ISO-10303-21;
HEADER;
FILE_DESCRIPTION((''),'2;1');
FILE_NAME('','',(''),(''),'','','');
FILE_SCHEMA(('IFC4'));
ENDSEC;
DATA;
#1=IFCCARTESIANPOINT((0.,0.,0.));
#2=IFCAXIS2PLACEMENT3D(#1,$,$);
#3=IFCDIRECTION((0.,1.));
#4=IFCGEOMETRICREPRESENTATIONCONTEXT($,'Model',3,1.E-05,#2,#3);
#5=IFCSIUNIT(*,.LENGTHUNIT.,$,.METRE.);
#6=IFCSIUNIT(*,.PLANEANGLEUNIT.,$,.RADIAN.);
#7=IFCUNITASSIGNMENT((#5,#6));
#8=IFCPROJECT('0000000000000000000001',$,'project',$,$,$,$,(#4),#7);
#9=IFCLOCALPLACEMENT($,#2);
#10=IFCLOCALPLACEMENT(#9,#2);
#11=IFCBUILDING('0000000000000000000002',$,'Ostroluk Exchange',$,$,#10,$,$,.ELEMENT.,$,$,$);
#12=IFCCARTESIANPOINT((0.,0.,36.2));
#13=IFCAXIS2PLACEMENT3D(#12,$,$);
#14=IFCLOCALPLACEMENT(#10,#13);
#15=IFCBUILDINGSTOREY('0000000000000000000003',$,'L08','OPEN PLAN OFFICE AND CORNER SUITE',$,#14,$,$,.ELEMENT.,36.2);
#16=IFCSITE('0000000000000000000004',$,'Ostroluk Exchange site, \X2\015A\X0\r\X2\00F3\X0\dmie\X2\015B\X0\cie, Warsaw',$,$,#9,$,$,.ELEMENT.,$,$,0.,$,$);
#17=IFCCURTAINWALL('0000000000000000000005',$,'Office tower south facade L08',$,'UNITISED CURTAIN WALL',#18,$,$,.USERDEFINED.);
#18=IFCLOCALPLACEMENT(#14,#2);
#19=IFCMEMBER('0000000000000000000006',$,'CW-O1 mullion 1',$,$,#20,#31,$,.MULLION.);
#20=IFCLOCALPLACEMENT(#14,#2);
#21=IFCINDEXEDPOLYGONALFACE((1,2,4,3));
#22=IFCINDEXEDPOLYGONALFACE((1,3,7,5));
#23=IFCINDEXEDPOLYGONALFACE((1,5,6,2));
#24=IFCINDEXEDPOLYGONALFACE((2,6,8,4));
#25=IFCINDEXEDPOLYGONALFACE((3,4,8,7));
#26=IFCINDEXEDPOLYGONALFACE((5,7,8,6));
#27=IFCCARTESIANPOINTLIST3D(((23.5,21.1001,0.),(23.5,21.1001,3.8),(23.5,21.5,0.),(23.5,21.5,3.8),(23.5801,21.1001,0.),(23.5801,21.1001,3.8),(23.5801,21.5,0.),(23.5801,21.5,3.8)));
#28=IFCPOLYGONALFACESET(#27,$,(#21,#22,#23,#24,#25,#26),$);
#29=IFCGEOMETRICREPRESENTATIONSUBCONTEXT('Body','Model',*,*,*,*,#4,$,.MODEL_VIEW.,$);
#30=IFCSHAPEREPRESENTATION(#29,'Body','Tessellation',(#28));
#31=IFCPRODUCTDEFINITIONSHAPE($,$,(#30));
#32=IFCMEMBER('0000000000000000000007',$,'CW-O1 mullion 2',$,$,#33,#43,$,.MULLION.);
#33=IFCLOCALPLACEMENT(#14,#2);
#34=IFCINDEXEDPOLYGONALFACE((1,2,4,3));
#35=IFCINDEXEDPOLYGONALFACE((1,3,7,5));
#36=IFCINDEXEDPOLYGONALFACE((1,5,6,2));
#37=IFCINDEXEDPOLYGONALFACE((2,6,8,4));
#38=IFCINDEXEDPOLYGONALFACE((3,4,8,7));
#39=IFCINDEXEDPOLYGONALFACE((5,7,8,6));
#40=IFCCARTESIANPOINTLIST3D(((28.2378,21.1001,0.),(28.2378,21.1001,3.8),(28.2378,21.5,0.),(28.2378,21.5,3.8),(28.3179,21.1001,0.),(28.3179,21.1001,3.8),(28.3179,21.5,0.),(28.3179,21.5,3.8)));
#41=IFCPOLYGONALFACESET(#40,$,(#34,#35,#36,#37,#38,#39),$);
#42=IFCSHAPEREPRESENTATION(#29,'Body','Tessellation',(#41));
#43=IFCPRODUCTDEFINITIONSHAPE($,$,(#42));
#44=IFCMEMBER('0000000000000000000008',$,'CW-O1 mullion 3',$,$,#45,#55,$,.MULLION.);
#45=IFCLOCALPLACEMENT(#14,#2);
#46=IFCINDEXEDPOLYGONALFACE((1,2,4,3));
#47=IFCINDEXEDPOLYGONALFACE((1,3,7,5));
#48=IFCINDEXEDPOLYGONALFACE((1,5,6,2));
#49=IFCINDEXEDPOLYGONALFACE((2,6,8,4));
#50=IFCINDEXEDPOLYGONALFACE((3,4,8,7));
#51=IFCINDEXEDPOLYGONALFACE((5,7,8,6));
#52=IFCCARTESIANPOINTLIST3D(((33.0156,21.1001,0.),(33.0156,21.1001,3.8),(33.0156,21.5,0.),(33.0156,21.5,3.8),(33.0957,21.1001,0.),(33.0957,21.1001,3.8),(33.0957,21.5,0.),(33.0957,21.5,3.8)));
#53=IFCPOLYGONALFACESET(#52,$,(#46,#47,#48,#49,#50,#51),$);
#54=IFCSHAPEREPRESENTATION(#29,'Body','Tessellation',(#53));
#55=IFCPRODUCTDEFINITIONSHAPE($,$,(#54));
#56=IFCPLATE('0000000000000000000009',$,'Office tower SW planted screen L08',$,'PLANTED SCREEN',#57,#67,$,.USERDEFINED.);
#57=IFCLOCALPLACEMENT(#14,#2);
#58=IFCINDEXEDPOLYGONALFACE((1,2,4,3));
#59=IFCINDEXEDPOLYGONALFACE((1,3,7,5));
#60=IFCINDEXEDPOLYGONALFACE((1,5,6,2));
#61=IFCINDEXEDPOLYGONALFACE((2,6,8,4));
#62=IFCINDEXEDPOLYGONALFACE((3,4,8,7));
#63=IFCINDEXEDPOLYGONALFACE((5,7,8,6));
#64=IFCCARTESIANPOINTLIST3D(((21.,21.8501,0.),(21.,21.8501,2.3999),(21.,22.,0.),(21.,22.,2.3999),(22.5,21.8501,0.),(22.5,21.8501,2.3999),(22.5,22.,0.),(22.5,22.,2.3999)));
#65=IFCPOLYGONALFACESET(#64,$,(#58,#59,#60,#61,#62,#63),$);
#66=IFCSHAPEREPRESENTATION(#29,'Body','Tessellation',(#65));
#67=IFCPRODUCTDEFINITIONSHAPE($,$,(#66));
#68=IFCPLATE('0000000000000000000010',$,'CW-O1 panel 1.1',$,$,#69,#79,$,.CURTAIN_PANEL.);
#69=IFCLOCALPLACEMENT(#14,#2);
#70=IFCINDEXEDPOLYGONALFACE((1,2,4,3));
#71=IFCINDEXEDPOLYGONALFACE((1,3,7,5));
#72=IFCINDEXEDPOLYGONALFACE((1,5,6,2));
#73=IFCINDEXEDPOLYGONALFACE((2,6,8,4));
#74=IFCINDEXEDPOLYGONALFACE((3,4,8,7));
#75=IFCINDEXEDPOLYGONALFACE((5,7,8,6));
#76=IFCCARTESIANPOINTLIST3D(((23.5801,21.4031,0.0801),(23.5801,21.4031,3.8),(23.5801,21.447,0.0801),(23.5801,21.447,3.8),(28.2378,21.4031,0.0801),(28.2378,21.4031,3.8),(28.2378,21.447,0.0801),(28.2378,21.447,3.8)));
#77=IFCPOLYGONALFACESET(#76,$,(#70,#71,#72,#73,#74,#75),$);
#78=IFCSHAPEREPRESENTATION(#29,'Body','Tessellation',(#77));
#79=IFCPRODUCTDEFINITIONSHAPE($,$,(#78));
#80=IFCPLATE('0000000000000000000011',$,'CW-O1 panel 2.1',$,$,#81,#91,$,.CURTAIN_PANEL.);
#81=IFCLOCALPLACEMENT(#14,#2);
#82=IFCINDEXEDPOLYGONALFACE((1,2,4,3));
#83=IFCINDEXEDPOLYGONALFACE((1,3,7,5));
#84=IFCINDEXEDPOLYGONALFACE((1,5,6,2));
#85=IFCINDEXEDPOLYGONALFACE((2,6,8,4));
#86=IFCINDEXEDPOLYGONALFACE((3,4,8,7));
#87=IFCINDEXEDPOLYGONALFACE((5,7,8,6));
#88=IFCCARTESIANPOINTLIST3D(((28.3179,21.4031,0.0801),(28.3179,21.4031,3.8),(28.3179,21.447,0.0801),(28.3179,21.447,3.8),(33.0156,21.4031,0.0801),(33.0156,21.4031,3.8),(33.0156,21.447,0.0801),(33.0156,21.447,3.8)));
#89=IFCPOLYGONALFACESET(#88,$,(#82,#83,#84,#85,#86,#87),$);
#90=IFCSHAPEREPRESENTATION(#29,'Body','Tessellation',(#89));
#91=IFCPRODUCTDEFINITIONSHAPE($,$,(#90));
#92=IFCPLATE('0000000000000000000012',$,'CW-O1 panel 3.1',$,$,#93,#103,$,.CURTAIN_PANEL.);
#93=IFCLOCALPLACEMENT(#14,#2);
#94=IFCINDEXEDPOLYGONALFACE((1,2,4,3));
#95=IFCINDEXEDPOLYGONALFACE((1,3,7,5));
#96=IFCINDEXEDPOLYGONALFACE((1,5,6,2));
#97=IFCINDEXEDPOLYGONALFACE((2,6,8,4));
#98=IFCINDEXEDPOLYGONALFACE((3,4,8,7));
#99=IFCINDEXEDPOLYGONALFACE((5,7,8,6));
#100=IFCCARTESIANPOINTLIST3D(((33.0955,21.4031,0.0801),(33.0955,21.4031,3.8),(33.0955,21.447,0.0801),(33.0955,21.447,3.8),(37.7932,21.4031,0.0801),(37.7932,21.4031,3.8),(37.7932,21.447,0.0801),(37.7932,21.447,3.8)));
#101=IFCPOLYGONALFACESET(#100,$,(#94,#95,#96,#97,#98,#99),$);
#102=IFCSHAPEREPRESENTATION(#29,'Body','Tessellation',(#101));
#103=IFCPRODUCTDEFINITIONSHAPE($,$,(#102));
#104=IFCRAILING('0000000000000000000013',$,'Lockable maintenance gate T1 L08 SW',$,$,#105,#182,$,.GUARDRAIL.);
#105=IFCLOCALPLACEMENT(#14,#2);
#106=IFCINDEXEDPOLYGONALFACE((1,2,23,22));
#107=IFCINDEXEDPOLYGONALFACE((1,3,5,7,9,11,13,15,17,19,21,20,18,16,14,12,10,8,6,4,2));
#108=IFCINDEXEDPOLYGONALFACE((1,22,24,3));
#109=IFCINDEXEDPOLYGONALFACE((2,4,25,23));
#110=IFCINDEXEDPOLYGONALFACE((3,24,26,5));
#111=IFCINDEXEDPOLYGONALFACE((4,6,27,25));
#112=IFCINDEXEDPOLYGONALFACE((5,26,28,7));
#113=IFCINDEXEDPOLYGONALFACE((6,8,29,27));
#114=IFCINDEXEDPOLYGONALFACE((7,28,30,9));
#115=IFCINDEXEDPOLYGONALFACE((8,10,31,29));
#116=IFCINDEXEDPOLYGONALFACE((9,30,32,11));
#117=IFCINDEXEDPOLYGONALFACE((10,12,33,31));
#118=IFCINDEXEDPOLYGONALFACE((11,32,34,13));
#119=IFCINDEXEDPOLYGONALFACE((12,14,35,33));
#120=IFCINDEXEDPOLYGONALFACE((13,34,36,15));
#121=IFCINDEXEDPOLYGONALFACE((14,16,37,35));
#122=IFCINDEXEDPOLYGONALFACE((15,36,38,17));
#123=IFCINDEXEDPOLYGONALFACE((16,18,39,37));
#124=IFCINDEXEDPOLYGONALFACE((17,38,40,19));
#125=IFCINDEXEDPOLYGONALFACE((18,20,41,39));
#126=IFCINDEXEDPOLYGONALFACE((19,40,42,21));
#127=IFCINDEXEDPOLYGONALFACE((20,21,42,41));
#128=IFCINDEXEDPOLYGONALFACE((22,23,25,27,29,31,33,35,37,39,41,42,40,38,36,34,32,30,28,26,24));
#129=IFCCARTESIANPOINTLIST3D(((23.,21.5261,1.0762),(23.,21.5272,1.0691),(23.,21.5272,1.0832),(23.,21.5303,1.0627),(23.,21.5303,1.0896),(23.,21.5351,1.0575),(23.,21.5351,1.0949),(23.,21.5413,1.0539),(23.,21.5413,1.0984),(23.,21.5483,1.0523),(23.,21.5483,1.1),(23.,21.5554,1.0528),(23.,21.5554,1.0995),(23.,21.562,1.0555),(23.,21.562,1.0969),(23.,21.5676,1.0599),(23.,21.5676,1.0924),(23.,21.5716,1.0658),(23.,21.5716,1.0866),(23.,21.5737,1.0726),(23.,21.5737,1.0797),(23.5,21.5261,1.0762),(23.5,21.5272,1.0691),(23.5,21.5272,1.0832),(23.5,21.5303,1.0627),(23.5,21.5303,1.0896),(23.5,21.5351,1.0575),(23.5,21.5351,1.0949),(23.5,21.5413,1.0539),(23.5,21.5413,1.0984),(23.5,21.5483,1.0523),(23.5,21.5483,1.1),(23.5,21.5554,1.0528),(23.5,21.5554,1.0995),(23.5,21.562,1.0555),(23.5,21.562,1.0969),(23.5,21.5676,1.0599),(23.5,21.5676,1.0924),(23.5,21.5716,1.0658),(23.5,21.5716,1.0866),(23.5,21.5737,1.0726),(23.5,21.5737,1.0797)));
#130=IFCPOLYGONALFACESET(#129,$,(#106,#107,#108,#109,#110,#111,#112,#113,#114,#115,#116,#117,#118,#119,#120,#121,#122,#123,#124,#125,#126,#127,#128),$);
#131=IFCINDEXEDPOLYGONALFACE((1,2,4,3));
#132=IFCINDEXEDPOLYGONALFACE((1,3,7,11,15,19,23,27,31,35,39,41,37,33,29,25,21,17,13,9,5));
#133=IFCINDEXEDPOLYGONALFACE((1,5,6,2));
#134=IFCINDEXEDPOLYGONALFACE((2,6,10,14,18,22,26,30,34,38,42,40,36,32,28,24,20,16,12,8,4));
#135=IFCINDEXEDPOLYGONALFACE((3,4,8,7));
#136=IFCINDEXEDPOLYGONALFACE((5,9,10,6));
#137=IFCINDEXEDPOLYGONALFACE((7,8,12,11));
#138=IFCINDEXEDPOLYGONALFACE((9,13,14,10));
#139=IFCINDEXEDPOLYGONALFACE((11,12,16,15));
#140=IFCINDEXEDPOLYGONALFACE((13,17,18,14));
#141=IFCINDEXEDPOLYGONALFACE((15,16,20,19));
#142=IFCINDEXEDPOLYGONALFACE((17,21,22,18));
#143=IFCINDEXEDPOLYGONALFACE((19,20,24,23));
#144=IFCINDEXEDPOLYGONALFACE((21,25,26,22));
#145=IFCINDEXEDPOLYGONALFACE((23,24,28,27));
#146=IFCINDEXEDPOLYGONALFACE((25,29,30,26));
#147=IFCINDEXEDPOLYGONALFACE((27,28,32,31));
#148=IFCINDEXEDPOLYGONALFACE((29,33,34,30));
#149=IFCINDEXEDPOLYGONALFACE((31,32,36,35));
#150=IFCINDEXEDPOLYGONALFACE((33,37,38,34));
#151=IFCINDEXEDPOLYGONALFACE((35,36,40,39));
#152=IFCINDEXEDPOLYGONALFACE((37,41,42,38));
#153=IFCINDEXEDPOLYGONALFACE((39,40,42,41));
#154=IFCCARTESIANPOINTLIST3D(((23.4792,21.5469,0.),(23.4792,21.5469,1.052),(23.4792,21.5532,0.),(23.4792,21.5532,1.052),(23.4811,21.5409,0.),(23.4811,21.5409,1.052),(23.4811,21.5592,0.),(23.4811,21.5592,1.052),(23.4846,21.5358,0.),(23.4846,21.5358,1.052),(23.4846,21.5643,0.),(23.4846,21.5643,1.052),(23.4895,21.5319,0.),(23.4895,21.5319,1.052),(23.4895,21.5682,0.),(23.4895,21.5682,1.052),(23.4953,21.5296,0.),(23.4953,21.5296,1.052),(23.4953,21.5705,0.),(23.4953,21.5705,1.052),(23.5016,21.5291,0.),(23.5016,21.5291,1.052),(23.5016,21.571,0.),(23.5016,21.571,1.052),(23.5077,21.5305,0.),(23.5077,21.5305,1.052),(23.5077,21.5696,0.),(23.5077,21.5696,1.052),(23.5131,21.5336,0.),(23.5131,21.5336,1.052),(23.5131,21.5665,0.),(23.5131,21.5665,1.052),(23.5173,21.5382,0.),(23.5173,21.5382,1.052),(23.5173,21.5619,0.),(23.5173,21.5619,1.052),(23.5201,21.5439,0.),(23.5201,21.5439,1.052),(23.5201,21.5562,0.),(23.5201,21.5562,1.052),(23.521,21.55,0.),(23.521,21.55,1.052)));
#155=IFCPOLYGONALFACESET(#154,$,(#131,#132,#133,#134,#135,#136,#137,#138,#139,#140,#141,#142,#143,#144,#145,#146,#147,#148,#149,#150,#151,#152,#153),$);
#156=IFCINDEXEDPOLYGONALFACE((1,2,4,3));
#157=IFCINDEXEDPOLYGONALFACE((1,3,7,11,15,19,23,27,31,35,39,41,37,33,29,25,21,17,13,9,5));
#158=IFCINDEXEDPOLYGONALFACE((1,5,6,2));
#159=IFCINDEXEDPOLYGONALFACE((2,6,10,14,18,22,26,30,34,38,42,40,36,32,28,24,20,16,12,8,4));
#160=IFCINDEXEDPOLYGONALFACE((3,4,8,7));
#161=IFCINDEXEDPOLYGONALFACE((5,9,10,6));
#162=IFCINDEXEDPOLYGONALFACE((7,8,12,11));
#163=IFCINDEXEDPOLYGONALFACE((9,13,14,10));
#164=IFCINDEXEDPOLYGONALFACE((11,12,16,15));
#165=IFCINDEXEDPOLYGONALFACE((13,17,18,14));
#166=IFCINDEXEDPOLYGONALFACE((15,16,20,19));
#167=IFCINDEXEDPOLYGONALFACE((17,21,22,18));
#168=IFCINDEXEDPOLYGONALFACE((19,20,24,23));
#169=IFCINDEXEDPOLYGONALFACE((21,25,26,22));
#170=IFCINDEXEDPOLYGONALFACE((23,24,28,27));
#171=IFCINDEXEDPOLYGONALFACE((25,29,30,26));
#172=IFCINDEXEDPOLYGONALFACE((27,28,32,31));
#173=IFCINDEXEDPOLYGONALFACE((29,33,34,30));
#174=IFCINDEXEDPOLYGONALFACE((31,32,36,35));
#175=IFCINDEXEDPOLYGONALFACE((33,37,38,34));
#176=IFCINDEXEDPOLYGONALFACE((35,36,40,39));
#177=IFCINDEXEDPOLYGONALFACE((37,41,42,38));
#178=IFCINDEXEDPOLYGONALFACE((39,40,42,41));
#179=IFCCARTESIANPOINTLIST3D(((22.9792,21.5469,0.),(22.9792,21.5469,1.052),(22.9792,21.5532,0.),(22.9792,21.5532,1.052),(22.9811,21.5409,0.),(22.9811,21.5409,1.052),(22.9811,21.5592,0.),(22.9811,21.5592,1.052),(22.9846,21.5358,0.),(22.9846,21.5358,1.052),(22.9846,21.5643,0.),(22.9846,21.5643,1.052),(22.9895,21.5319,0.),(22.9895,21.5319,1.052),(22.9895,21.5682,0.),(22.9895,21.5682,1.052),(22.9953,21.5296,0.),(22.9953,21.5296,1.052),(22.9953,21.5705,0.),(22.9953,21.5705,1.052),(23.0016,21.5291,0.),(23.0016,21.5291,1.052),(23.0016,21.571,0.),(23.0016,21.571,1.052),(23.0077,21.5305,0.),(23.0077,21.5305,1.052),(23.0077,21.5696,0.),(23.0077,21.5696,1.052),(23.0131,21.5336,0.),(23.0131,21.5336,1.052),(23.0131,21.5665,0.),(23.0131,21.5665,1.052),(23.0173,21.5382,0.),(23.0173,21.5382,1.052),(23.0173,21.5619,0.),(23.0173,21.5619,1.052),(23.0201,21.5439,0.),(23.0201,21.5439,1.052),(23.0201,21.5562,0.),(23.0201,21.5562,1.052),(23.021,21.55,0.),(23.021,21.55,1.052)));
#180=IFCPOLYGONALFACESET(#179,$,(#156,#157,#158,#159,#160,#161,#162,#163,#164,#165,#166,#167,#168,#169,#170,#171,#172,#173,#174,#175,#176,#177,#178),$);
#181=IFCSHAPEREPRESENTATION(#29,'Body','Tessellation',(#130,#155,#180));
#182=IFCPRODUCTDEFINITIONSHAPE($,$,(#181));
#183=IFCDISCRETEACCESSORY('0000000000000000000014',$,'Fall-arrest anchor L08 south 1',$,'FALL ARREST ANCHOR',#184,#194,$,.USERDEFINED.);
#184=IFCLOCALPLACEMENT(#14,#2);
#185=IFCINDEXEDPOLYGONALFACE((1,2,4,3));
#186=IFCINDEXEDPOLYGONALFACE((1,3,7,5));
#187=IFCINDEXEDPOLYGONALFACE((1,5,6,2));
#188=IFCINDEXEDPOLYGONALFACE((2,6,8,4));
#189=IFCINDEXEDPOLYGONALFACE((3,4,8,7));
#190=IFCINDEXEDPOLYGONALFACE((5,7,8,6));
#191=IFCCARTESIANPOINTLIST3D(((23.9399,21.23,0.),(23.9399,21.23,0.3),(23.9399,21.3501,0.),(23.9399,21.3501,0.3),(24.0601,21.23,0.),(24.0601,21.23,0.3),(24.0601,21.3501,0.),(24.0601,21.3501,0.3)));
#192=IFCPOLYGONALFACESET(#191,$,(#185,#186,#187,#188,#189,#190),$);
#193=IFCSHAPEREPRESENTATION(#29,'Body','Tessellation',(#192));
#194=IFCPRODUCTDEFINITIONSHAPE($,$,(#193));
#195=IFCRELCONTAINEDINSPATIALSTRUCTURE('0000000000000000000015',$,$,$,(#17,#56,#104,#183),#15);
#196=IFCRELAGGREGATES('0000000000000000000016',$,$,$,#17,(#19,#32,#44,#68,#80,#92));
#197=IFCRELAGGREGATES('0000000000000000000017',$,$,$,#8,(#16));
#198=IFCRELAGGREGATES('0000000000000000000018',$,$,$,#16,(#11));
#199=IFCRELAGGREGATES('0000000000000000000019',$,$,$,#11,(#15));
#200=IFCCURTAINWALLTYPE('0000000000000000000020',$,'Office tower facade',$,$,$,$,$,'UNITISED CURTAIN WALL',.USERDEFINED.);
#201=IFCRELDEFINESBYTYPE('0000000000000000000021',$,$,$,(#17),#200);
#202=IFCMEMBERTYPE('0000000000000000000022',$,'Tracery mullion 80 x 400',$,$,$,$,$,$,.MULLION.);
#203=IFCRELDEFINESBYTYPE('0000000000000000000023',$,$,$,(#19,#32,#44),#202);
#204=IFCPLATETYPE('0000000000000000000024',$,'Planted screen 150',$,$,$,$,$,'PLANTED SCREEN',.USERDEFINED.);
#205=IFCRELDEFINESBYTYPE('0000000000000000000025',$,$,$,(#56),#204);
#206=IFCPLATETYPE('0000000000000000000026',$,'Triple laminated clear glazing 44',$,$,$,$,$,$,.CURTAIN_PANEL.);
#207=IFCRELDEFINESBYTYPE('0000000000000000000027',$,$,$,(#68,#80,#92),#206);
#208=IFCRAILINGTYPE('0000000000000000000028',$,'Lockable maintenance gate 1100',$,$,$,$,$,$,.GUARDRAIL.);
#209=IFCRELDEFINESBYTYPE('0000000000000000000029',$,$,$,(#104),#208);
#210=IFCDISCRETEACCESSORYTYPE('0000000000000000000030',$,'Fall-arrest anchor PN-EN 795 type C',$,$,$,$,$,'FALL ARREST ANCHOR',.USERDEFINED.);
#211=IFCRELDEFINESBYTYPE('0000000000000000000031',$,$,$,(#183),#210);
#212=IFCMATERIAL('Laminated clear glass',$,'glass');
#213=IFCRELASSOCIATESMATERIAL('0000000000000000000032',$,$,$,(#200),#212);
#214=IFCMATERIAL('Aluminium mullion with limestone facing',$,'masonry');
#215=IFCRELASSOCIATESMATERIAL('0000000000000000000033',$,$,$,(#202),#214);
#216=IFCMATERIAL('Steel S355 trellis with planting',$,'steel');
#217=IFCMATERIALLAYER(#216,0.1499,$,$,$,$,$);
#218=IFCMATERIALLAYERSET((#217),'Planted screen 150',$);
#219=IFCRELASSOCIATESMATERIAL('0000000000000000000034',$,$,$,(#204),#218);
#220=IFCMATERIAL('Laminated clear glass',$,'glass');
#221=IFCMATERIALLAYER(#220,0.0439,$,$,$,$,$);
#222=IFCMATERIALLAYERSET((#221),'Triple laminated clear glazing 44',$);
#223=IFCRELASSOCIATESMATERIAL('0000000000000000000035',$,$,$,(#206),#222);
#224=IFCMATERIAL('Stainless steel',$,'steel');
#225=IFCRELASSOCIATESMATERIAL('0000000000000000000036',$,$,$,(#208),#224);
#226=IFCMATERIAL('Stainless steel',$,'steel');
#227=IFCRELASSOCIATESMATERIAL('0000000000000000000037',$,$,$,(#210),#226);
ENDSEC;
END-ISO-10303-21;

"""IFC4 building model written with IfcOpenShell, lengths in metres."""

from ifc_helpers import new_model, si_unit, direction, frame, origin, origin_2d, place, context, subcontext, project, spatial, rectangle, circle, extrude, material, layer, layer_set, material_profile, profile_set, type_object, element, aggregate, save


model = new_model("IFC4")

# Units and contexts
model_context = context("Model", 3, precision=1e-05, world=origin(), true_north=direction((0.0, 1.0)))
body_context = subcontext(model_context, "Body", "Model", "MODEL_VIEW")
ifc_project = project(units=[si_unit("LENGTHUNIT", "METRE"), si_unit("PLANEANGLEUNIT", "RADIAN")], contexts=[model_context])

# Site, building, storey
site_placement = place(None, origin())
site = spatial("IfcSite", under=ifc_project, at=site_placement, Name="Ostroluk Exchange site, Śródmieście, Warsaw", CompositionType="ELEMENT", RefElevation=0.0)
building_placement = place(site_placement, origin())
building = spatial("IfcBuilding", under=site, at=building_placement, Name="Ostroluk Exchange", CompositionType="ELEMENT")
storey_placement = place(building_placement, frame((0.0, 0.0, 36.2)))
storey = spatial("IfcBuildingStorey", under=building, at=storey_placement, Name="L08", Description="OPEN PLAN OFFICE AND CORNER SUITE", CompositionType="ELEMENT", Elevation=36.2)

# Curtain wall, members
ifc_material_1 = material(Name="Laminated clear glass", Category="glass")
curtain_wall_type = type_object("IfcCurtainWallType", Name="Office tower facade", ElementType="UNITISED CURTAIN WALL", PredefinedType="USERDEFINED", material=ifc_material_1)
curtain_wall_placement = place(storey_placement, origin())
curtain_wall = element("IfcCurtainWall", 1, at=curtain_wall_placement, inside=storey, type_object=curtain_wall_type, Name="Office tower south facade L08", ObjectType="UNITISED CURTAIN WALL", PredefinedType="USERDEFINED")
ifc_material_2 = material(Name="Aluminium mullion with limestone facing", Category="masonry")
ifc_material_profile_1 = material_profile(ifc_material_2, rectangle(XDim=0.3999, YDim=0.0801, at=origin_2d()), Name="Tracery mullion 80 x 400")
ifc_profile_set_1 = profile_set([ifc_material_profile_1], Name="Aluminium mullion with limestone facing")
member_type_1 = type_object("IfcMemberType", Name="Tracery mullion 80 x 400", PredefinedType="MULLION", material=ifc_profile_set_1)
member_1_placement = place(storey_placement, frame((23.54, 21.3, 0.0), z_axis=(0.0, 0.0, 1.0), x_axis=(0.0, 1.0, 0.0)))
member_1 = element("IfcMember", 2, at=member_1_placement, type_object=member_type_1, Name="CW-O1 mullion 1", PredefinedType="MULLION", context=body_context, shape_type="SweptSolid", body=[
    extrude(rectangle(XDim=0.3999, YDim=0.0801, at=origin_2d()), origin(), (0.0, 0.0, 1.0), 3.8),
])
member_2_placement = place(storey_placement, frame((28.2778, 21.3, 0.0), z_axis=(0.0, 0.0, 1.0), x_axis=(0.0, 1.0, 0.0)))
member_2 = element("IfcMember", 3, at=member_2_placement, type_object=member_type_1, Name="CW-O1 mullion 2", PredefinedType="MULLION", context=body_context, shape_type="SweptSolid", body=[
    extrude(rectangle(XDim=0.3999, YDim=0.0801, at=origin_2d()), origin(), (0.0, 0.0, 1.0), 3.8),
])
member_3_placement = place(storey_placement, frame((33.0557, 21.3, 0.0), z_axis=(0.0, 0.0, 1.0), x_axis=(0.0, 1.0, 0.0)))
member_3 = element("IfcMember", 4, at=member_3_placement, type_object=member_type_1, Name="CW-O1 mullion 3", PredefinedType="MULLION", context=body_context, shape_type="SweptSolid", body=[
    extrude(rectangle(XDim=0.3999, YDim=0.0801, at=origin_2d()), origin(), (0.0, 0.0, 1.0), 3.8),
])

# Plates
ifc_material_3 = material(Name="Steel S355 trellis with planting", Category="steel")
ifc_layer_1 = layer(ifc_material_3, 0.1499)
ifc_layer_set_1 = layer_set([ifc_layer_1], Name="Planted screen 150")
plate_type_1 = type_object("IfcPlateType", Name="Planted screen 150", ElementType="PLANTED SCREEN", PredefinedType="USERDEFINED", material=ifc_layer_set_1)
plate_1_placement = place(storey_placement, frame((21.75, 21.925, 0.0), z_axis=(0.0, 0.0, 1.0), x_axis=(1.0, 0.0, 0.0)))
element("IfcPlate", 5, at=plate_1_placement, inside=storey, type_object=plate_type_1, Name="Office tower SW planted screen L08", ObjectType="PLANTED SCREEN", PredefinedType="USERDEFINED", context=body_context, shape_type="SweptSolid", body=[
    extrude(rectangle(XDim=1.5, YDim=0.1499, at=origin_2d()), origin(), (0.0, 0.0, 1.0), 2.3999),
])
ifc_material_4 = material(Name="Laminated clear glass", Category="glass")
ifc_layer_2 = layer(ifc_material_4, 0.0439)
ifc_layer_set_2 = layer_set([ifc_layer_2], Name="Triple laminated clear glazing 44")
plate_type_2 = type_object("IfcPlateType", Name="Triple laminated clear glazing 44", PredefinedType="CURTAIN_PANEL", material=ifc_layer_set_2)
plate_2_placement = place(storey_placement, frame((25.9089, 21.425, 0.0801), z_axis=(0.0, 0.0, 1.0), x_axis=(1.0, 0.0, 0.0)))
plate_2 = element("IfcPlate", 6, at=plate_2_placement, type_object=plate_type_2, Name="CW-O1 panel 1.1", PredefinedType="CURTAIN_PANEL", context=body_context, shape_type="SweptSolid", body=[
    extrude(rectangle(XDim=4.6577, YDim=0.0439, at=origin_2d()), origin(), (0.0, 0.0, 1.0), 3.72),
])
plate_3_placement = place(storey_placement, frame((30.6667, 21.425, 0.0801), z_axis=(0.0, 0.0, 1.0), x_axis=(1.0, 0.0, 0.0)))
plate_3 = element("IfcPlate", 7, at=plate_3_placement, type_object=plate_type_2, Name="CW-O1 panel 2.1", PredefinedType="CURTAIN_PANEL", context=body_context, shape_type="SweptSolid", body=[
    extrude(rectangle(XDim=4.6978, YDim=0.0439, at=origin_2d()), origin(), (0.0, 0.0, 1.0), 3.72),
])
plate_4_placement = place(storey_placement, frame((35.4443, 21.425, 0.0801), z_axis=(0.0, 0.0, 1.0), x_axis=(1.0, 0.0, 0.0)))
plate_4 = element("IfcPlate", 8, at=plate_4_placement, type_object=plate_type_2, Name="CW-O1 panel 3.1", PredefinedType="CURTAIN_PANEL", context=body_context, shape_type="SweptSolid", body=[
    extrude(rectangle(XDim=4.6978, YDim=0.0439, at=origin_2d()), origin(), (0.0, 0.0, 1.0), 3.72),
])
aggregate(curtain_wall, [member_1, member_2, member_3, plate_2, plate_3, plate_4])

# Railing
ifc_material_5 = material(Name="Stainless steel", Category="steel")
railing_type_1 = type_object("IfcRailingType", Name="Lockable maintenance gate 1100", PredefinedType="GUARDRAIL", material=ifc_material_5)
railing_1_placement = place(storey_placement, frame((23.5, 21.55, 0.0)))
element("IfcRailing", 9, at=railing_1_placement, inside=storey, type_object=railing_type_1, Name="Lockable maintenance gate T1 L08 SW", PredefinedType="GUARDRAIL", context=body_context, shape_type="SweptSolid", body=[
    extrude(circle(Radius=0.0239, at=origin_2d()), frame((0.0, 0.0, 1.0762), z_axis=(-1.0, 0.0, 0.0), x_axis=(0.0, -1.0, 0.0)), (0.0, 0.0, 1.0), 0.5),
    extrude(circle(Radius=0.021, at=origin_2d()), origin(), (0.0, 0.0, 1.0), 1.052),
    extrude(circle(Radius=0.021, at=origin_2d()), frame((-0.5, 0.0, 0.0)), (0.0, 0.0, 1.0), 1.052),
])

# Discrete accessory
ifc_material_6 = material(Name="Stainless steel", Category="steel")
discrete_accessory_type = type_object("IfcDiscreteAccessoryType", Name="Fall-arrest anchor PN-EN 795 type C", ElementType="FALL ARREST ANCHOR", PredefinedType="USERDEFINED", material=ifc_material_6)
for number, where, z_axis, x_axis, name in (
    (10, (24.0, 21.29, 0.0), (0.0, 0.0, 1.0), (1.0, 0.0, 0.0), "Fall-arrest anchor L08 south 1"),
):
    element("IfcDiscreteAccessory", number, at=place(storey_placement, frame(where, z_axis=z_axis, x_axis=x_axis)), inside=storey, type_object=discrete_accessory_type, Name=name, ObjectType="FALL ARREST ANCHOR", PredefinedType="USERDEFINED", context=body_context, shape_type="SweptSolid", body=[
        extrude(rectangle(XDim=0.1201, YDim=0.1201, at=origin_2d()), origin(), (0.0, 0.0, 1.0), 0.3),
    ])

save(model, "model.ifc")
